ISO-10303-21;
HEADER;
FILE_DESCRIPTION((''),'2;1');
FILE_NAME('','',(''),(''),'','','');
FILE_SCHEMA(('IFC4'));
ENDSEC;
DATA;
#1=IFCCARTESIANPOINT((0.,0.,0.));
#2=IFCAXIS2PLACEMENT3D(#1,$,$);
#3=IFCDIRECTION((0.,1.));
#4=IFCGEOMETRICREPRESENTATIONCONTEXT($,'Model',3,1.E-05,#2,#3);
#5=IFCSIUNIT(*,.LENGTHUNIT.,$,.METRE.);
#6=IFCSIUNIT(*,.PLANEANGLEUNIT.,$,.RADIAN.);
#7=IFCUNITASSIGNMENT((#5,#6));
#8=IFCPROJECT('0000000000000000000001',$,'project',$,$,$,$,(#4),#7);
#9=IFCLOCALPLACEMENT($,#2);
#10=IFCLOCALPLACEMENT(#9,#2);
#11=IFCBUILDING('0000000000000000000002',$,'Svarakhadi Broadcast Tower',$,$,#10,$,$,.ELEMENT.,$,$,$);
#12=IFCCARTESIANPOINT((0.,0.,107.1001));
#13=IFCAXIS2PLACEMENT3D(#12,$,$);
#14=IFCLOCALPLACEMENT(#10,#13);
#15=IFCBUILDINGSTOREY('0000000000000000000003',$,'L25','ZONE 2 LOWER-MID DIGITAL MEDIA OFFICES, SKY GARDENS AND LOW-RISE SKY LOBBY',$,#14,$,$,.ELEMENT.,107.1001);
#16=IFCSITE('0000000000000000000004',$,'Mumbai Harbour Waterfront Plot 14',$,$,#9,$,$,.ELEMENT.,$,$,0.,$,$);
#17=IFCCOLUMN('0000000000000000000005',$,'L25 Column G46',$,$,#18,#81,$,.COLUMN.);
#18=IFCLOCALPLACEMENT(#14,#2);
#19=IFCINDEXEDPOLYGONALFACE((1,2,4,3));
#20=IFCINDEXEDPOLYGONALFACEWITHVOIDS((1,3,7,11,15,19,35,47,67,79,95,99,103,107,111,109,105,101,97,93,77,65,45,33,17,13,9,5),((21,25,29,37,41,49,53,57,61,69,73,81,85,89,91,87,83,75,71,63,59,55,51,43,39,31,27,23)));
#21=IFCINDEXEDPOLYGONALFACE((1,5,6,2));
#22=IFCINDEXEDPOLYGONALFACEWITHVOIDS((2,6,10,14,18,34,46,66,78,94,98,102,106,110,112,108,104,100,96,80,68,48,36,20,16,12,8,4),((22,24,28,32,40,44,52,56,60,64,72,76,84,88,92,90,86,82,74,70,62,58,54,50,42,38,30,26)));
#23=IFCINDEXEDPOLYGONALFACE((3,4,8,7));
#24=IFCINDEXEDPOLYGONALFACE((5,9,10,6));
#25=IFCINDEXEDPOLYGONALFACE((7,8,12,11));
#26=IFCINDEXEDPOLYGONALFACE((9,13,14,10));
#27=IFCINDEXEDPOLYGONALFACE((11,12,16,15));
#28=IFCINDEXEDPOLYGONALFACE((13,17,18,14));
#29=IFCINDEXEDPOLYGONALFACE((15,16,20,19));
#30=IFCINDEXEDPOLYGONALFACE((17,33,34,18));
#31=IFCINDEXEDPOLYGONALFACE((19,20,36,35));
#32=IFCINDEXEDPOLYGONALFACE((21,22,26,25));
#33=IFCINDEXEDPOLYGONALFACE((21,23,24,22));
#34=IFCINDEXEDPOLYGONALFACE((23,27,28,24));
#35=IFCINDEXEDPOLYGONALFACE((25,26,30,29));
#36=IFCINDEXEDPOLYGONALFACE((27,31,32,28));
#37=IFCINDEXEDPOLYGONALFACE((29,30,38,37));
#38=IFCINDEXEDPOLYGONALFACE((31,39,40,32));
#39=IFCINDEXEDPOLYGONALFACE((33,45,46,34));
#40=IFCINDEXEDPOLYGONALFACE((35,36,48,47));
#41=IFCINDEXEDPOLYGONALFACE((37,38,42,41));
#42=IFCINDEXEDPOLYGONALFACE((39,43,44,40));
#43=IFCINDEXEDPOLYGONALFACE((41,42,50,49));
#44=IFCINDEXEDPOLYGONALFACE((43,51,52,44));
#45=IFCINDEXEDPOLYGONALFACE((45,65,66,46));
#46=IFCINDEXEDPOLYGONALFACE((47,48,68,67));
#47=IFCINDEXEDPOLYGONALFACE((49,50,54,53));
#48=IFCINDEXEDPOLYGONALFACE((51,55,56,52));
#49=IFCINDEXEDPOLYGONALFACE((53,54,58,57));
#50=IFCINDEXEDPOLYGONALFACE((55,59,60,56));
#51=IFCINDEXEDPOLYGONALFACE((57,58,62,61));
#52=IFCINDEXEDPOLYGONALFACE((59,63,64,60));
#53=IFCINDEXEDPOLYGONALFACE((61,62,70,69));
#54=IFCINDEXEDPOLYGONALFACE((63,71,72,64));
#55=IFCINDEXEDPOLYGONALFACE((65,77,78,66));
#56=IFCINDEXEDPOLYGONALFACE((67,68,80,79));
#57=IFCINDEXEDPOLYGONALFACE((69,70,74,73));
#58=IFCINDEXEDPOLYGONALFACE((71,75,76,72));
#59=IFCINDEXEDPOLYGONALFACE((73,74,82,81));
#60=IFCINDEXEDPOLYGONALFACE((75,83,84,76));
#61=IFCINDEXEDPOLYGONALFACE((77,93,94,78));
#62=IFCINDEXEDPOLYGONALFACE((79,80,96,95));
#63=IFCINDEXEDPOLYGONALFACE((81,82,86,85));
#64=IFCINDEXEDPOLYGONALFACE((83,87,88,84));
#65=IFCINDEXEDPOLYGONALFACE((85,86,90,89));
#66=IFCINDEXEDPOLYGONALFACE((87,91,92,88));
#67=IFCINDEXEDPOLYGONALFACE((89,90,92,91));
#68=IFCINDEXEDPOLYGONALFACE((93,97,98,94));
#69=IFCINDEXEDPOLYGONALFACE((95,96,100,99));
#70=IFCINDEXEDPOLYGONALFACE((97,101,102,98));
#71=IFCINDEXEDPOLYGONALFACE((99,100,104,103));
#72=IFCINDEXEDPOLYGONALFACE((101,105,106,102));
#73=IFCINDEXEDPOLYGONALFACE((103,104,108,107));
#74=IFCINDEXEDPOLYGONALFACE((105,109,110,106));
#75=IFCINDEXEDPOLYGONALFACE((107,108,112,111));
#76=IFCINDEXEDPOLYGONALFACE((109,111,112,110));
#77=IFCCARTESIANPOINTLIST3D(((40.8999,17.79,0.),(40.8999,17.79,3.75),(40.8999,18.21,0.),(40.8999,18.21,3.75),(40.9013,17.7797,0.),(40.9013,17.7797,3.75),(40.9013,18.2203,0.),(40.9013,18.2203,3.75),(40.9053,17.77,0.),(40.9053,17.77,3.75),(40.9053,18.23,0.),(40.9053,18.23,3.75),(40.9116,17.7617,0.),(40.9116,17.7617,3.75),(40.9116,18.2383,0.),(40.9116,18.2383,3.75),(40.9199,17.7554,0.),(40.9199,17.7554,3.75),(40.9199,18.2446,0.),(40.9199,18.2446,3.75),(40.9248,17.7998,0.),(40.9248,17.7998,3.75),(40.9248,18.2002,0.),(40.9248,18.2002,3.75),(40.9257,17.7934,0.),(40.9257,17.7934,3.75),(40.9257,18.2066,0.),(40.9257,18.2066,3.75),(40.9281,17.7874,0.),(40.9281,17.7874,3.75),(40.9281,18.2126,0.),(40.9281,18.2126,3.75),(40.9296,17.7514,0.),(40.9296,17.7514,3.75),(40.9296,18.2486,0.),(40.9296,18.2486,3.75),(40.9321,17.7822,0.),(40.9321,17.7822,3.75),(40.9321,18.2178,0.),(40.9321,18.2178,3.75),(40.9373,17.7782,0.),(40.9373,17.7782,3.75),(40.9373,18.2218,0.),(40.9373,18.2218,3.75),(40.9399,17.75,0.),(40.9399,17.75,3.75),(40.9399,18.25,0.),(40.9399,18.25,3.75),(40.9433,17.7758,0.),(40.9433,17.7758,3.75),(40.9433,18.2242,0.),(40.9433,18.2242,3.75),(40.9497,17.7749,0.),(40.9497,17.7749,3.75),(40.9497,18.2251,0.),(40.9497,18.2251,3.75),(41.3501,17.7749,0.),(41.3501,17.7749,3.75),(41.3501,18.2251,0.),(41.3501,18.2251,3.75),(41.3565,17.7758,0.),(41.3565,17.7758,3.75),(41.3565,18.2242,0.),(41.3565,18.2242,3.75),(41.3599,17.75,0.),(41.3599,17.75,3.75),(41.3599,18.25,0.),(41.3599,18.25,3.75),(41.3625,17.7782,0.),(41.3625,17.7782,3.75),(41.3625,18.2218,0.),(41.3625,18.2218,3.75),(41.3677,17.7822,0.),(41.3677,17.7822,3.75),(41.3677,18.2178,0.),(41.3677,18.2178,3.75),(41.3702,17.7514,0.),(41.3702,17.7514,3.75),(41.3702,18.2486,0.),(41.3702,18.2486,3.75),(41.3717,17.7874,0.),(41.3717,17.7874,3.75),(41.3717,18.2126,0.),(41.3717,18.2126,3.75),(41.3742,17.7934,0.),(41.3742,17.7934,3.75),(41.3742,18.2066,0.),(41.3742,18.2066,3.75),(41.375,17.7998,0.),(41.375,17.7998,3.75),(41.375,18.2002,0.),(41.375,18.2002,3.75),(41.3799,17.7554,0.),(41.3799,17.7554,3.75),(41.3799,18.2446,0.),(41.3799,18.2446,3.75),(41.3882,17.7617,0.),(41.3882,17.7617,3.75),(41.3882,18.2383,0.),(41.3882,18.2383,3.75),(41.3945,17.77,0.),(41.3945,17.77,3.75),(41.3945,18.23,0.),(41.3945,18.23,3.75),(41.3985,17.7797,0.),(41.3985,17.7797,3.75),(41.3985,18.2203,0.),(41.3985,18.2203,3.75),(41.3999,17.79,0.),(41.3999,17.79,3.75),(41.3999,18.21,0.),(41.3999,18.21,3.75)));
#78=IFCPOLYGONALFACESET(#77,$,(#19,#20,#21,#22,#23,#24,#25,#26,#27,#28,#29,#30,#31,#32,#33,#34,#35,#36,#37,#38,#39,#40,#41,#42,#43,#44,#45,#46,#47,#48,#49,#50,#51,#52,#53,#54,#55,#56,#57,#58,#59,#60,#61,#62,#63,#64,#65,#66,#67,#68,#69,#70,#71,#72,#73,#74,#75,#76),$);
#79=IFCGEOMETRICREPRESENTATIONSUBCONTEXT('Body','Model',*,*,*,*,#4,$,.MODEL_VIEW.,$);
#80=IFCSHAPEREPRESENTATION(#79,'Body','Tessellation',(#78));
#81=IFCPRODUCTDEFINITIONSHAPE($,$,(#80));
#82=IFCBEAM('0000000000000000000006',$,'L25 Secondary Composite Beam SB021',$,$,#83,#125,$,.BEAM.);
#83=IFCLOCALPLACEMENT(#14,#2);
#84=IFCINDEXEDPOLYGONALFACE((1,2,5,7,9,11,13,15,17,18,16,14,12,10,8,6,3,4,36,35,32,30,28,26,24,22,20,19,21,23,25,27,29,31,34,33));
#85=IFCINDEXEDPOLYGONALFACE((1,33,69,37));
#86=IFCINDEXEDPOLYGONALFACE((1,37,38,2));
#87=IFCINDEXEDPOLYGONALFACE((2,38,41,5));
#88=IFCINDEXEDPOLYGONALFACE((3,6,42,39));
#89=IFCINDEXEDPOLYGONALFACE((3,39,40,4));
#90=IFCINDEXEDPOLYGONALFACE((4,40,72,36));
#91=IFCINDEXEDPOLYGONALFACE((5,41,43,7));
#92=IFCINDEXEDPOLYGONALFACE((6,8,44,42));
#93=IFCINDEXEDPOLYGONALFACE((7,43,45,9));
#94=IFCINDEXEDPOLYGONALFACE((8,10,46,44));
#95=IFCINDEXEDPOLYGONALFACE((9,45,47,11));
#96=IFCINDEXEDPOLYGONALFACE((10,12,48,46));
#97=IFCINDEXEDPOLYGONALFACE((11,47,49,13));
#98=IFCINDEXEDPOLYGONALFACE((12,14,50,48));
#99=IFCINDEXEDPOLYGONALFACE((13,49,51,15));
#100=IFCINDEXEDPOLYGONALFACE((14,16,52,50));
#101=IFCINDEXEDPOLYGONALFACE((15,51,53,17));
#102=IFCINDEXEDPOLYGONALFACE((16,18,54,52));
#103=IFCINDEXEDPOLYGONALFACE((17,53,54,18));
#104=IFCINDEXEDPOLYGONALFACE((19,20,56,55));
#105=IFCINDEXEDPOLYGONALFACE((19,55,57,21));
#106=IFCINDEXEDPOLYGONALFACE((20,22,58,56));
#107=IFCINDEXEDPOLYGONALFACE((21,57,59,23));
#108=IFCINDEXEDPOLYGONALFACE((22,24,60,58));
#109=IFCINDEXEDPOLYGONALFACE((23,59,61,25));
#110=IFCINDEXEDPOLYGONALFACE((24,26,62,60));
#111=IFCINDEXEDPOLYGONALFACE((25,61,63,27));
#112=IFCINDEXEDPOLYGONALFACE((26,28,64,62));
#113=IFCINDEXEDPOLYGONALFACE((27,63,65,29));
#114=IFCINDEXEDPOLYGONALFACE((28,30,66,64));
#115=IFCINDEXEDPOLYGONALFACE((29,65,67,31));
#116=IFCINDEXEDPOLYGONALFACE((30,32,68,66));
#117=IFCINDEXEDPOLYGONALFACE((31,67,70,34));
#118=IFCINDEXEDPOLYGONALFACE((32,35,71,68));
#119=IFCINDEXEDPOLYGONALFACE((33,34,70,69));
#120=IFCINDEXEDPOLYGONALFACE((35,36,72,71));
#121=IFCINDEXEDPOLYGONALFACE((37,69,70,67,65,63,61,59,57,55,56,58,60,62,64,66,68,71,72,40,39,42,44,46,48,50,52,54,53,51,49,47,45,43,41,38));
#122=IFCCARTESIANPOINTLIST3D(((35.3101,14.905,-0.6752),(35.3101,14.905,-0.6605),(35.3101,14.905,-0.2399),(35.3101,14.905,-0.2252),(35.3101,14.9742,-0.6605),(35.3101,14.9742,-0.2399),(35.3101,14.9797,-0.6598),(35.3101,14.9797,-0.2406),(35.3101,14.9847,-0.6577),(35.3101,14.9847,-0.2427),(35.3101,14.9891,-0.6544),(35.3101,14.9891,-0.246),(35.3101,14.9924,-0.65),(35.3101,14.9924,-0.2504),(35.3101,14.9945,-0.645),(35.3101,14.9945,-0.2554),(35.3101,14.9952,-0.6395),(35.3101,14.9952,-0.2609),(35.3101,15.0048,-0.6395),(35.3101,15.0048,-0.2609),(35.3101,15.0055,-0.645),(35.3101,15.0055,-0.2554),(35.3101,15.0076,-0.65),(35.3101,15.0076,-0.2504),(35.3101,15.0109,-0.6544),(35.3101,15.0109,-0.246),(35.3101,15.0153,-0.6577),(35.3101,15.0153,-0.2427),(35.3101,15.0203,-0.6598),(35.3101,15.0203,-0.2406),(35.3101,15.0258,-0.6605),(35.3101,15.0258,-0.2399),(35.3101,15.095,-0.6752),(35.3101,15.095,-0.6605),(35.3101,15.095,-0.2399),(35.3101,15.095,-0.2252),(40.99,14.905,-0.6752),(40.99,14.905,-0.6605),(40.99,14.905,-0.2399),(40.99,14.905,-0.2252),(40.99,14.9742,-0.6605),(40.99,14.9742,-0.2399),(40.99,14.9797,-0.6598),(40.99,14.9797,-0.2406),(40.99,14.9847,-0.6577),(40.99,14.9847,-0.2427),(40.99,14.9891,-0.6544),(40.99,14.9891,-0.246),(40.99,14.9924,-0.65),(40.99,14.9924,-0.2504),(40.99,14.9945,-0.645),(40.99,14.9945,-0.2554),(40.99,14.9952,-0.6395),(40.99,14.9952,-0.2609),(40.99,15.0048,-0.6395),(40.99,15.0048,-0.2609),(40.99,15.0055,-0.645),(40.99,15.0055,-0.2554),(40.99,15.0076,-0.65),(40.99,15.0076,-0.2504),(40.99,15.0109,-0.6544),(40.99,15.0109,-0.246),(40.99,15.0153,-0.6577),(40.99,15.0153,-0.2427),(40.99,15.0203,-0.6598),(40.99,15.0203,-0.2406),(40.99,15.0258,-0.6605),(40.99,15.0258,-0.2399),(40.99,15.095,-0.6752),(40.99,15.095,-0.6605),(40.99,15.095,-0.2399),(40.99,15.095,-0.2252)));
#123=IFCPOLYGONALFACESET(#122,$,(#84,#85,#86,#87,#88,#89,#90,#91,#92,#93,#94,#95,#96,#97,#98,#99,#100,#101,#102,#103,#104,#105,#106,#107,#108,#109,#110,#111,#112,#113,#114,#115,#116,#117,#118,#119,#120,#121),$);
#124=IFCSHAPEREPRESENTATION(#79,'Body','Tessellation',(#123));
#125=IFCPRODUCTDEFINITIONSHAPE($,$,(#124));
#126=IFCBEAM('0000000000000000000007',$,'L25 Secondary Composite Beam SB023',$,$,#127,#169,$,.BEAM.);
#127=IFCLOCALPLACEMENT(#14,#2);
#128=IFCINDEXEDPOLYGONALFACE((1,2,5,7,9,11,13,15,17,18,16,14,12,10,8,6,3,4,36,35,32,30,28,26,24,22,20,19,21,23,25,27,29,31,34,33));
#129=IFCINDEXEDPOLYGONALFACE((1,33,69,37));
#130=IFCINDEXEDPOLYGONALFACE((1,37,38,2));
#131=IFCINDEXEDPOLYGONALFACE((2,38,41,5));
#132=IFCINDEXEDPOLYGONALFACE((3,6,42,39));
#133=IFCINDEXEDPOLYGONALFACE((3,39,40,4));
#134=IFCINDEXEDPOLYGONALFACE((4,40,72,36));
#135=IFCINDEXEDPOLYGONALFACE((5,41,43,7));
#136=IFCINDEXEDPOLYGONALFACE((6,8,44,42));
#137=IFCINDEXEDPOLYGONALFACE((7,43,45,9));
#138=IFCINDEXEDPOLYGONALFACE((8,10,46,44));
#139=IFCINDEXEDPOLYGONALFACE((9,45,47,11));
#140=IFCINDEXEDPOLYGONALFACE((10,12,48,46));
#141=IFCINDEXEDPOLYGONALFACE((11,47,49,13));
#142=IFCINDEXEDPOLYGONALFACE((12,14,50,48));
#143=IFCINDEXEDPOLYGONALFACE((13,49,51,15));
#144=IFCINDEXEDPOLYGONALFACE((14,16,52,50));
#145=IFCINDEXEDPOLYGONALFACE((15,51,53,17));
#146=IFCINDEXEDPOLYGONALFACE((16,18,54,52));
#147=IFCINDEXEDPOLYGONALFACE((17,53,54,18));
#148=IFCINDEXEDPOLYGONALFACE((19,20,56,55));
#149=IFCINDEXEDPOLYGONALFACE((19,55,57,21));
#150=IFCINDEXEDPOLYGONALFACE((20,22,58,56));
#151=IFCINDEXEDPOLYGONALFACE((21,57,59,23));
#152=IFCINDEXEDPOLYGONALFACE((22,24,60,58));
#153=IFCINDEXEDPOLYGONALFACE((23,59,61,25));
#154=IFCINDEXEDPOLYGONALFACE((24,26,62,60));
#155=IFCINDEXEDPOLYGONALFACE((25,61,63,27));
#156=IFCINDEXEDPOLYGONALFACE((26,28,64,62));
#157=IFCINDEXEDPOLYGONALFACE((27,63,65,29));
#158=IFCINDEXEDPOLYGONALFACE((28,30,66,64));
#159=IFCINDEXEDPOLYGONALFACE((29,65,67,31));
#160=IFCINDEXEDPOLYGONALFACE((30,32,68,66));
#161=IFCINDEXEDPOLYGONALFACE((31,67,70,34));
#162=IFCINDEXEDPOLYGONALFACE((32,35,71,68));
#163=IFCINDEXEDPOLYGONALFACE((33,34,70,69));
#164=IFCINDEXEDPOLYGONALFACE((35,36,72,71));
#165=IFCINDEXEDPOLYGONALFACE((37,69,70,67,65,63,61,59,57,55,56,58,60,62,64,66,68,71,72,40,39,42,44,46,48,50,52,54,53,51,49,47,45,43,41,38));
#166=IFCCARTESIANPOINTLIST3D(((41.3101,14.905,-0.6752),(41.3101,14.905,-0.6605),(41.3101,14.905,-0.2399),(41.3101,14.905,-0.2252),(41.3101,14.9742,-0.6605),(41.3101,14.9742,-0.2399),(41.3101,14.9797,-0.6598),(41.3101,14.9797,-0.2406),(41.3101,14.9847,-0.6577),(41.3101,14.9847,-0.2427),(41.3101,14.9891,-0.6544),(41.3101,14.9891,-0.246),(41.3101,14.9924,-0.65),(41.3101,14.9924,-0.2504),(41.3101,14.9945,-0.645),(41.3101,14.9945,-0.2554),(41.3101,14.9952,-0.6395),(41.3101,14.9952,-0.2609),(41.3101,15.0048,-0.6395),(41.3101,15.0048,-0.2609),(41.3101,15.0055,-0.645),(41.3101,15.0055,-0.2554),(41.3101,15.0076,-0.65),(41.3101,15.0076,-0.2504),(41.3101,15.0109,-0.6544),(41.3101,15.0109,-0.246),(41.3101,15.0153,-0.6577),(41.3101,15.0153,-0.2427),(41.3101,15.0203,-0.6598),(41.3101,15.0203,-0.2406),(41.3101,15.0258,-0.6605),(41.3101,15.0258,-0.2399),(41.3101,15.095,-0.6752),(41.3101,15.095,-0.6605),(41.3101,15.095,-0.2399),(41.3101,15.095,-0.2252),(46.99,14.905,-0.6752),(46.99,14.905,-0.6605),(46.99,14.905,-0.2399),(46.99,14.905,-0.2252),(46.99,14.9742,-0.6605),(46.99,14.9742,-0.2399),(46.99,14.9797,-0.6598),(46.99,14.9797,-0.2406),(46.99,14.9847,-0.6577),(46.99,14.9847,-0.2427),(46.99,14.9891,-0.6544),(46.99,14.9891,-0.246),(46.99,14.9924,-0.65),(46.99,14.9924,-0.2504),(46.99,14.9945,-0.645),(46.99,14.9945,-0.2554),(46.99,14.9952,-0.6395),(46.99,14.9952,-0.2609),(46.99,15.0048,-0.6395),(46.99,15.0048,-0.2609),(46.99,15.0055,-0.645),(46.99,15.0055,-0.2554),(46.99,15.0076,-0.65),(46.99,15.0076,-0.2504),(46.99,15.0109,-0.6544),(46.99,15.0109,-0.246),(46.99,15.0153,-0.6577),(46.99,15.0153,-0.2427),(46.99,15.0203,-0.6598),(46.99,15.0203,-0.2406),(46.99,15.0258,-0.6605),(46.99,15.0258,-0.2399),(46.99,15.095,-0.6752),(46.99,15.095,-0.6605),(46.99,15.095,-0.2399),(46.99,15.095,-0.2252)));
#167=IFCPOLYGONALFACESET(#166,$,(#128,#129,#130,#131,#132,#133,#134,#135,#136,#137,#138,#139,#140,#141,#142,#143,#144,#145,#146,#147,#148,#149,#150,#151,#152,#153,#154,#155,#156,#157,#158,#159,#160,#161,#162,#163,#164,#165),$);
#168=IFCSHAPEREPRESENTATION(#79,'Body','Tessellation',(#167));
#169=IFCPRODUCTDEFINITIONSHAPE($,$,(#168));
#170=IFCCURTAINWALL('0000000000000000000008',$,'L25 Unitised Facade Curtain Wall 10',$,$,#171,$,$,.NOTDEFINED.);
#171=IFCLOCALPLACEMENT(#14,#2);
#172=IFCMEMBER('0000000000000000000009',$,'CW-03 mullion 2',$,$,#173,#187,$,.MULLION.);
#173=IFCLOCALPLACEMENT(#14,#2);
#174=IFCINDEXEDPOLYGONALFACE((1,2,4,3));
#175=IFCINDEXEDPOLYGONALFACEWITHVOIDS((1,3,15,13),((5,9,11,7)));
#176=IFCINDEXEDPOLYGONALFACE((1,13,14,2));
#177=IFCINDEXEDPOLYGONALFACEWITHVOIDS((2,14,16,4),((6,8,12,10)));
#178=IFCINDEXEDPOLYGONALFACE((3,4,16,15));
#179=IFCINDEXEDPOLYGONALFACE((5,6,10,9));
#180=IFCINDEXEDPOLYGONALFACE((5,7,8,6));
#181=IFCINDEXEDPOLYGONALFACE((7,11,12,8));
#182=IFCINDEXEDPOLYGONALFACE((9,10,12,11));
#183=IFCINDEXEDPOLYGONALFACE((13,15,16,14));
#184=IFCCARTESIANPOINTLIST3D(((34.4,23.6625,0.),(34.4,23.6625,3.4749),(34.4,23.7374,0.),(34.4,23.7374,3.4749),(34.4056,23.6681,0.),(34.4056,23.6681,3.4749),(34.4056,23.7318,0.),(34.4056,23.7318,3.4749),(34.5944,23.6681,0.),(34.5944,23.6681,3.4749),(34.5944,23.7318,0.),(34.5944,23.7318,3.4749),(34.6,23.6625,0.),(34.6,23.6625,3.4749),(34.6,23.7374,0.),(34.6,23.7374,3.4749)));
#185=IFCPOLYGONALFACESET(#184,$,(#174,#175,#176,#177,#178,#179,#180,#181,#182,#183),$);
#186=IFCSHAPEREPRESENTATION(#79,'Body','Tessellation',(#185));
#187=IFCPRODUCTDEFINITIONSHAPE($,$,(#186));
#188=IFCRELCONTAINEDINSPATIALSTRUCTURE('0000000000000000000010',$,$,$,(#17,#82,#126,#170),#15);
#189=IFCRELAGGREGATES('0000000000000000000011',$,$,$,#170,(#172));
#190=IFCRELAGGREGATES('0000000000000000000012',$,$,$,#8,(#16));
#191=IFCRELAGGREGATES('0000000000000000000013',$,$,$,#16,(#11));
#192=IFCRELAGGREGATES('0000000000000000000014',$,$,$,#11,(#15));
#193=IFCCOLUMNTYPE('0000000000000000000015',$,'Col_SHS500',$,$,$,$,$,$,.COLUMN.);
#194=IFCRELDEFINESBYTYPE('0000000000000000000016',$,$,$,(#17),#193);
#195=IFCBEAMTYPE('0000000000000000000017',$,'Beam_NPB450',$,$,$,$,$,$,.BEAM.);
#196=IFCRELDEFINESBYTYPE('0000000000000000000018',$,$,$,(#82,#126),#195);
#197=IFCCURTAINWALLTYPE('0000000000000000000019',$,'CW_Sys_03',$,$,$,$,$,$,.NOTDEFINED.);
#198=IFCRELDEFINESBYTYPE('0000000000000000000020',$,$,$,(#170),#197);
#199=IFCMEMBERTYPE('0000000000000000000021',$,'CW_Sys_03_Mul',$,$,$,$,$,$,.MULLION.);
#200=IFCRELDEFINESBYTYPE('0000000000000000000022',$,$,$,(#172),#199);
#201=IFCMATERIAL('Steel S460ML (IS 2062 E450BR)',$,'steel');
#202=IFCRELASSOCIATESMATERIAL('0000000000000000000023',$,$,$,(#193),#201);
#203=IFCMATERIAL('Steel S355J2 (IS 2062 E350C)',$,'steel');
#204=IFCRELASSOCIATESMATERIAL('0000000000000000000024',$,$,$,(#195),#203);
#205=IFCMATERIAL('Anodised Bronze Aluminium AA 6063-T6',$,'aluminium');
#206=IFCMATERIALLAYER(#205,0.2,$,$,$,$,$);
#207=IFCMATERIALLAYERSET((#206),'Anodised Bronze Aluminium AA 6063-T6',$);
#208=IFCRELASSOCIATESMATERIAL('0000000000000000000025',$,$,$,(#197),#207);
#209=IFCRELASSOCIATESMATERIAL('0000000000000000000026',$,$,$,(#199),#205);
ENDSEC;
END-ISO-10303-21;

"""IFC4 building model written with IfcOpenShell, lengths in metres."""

from ifc_helpers import new_model, si_unit, direction, frame, origin, origin_2d, place, context, subcontext, project, spatial, hollow_rectangle, i_section, extrude, material, layer, layer_set, material_profile, profile_set, type_object, element, aggregate, save


model = new_model("IFC4")

# Units and contexts
model_context = context("Model", 3, precision=1e-05, world=origin(), true_north=direction((0.0, 1.0)))
body_context = subcontext(model_context, "Body", "Model", "MODEL_VIEW")
ifc_project = project(units=[si_unit("LENGTHUNIT", "METRE"), si_unit("PLANEANGLEUNIT", "RADIAN")], contexts=[model_context])

# Site, building, storey
site_placement = place(None, origin())
site = spatial("IfcSite", under=ifc_project, at=site_placement, Name="Mumbai Harbour Waterfront Plot 14", CompositionType="ELEMENT", RefElevation=0.0)
building_placement = place(site_placement, origin())
building = spatial("IfcBuilding", under=site, at=building_placement, Name="Svarakhadi Broadcast Tower", CompositionType="ELEMENT")
storey_placement = place(building_placement, frame((0.0, 0.0, 107.1001)))
storey = spatial("IfcBuildingStorey", under=building, at=storey_placement, Name="L25", Description="ZONE 2 LOWER-MID DIGITAL MEDIA OFFICES, SKY GARDENS AND LOW-RISE SKY LOBBY", CompositionType="ELEMENT", Elevation=107.1001)

# Column
ifc_material_1 = material(Name="Steel S460ML (IS 2062 E450BR)", Category="steel")
ifc_material_profile_1 = material_profile(ifc_material_1, hollow_rectangle(XDim=0.5, YDim=0.5, WallThickness=0.0249, InnerFilletRadius=0.0249, OuterFilletRadius=0.04, at=origin_2d()), Name="SHS 500x500x25")
ifc_profile_set_1 = profile_set([ifc_material_profile_1], Name="Steel S460ML (IS 2062 E450BR)")
column_type_1 = type_object("IfcColumnType", Name="Col_SHS500", PredefinedType="COLUMN", material=ifc_profile_set_1)
for number, where, z_axis, x_axis, name in (
    (1, (41.1499, 18.0, 0.0), (0.0, 0.0, 1.0), (1.0, 0.0, 0.0), "L25 Column G46"),
):
    element("IfcColumn", number, at=place(storey_placement, frame(where, z_axis=z_axis, x_axis=x_axis)), inside=storey, type_object=column_type_1, Name=name, PredefinedType="COLUMN", context=body_context, shape_type="SweptSolid", body=[
        extrude(hollow_rectangle(XDim=0.5, YDim=0.5, WallThickness=0.0249, InnerFilletRadius=0.0249, OuterFilletRadius=0.04, at=origin_2d()), origin(), (0.0, 0.0, 1.0), 3.75),
    ])

# Beams
ifc_material_2 = material(Name="Steel S355J2 (IS 2062 E350C)", Category="steel")
ifc_material_profile_2 = material_profile(ifc_material_2, i_section(OverallWidth=0.1899, OverallDepth=0.45, WebThickness=0.0095, FlangeThickness=0.0146, FilletRadius=0.021, at=origin_2d()), Name="NPB 450x190x78")
ifc_profile_set_2 = profile_set([ifc_material_profile_2], Name="Steel S355J2 (IS 2062 E350C)")
beam_type_1 = type_object("IfcBeamType", Name="Beam_NPB450", PredefinedType="BEAM", material=ifc_profile_set_2)
for number, where, z_axis, x_axis, name in (
    (2, (35.3101, 15.0, -0.4502), (1.0, 0.0, 0.0), (0.0, 1.0, 0.0), "L25 Secondary Composite Beam SB021"),
    (3, (41.3101, 15.0, -0.4502), (1.0, 0.0, 0.0), (0.0, 1.0, 0.0), "L25 Secondary Composite Beam SB023"),
):
    element("IfcBeam", number, at=place(storey_placement, frame(where, z_axis=z_axis, x_axis=x_axis)), inside=storey, type_object=beam_type_1, Name=name, PredefinedType="BEAM", context=body_context, shape_type="SweptSolid", body=[
        extrude(i_section(OverallWidth=0.1899, OverallDepth=0.45, WebThickness=0.0095, FlangeThickness=0.0146, FilletRadius=0.021, at=origin_2d()), origin(), (0.0, 0.0, 1.0), 5.6799),
    ])

# Curtain wall, member
ifc_material_3 = material(Name="Anodised Bronze Aluminium AA 6063-T6", Category="aluminium")
ifc_layer_1 = layer(ifc_material_3, 0.2)
ifc_layer_set_1 = layer_set([ifc_layer_1], Name="Anodised Bronze Aluminium AA 6063-T6")
curtain_wall_type = type_object("IfcCurtainWallType", Name="CW_Sys_03", PredefinedType="NOTDEFINED", material=ifc_layer_set_1)
curtain_wall_placement = place(storey_placement, origin())
curtain_wall = element("IfcCurtainWall", 4, at=curtain_wall_placement, inside=storey, type_object=curtain_wall_type, Name="L25 Unitised Facade Curtain Wall 10", PredefinedType="NOTDEFINED")
ifc_material_profile_3 = material_profile(ifc_material_3, hollow_rectangle(XDim=0.075, YDim=0.2, WallThickness=0.0056, at=origin_2d()), Name="ALU MULLION 200x75x6")
ifc_profile_set_3 = profile_set([ifc_material_profile_3], Name="Anodised Bronze Aluminium AA 6063-T6")
member_type_1 = type_object("IfcMemberType", Name="CW_Sys_03_Mul", PredefinedType="MULLION", material=ifc_profile_set_3)
member_1_placement = place(storey_placement, frame((34.5, 23.7, 0.0), z_axis=(0.0, 0.0, 1.0), x_axis=(0.0, 1.0, 0.0)))
member_1 = element("IfcMember", 5, at=member_1_placement, type_object=member_type_1, Name="CW-03 mullion 2", PredefinedType="MULLION", context=body_context, shape_type="SweptSolid", body=[
    extrude(hollow_rectangle(XDim=0.075, YDim=0.2, WallThickness=0.0056, at=origin_2d()), origin(), (0.0, 0.0, 1.0), 3.4749),
])

aggregate(curtain_wall, [member_1])

save(model, "model.ifc")
